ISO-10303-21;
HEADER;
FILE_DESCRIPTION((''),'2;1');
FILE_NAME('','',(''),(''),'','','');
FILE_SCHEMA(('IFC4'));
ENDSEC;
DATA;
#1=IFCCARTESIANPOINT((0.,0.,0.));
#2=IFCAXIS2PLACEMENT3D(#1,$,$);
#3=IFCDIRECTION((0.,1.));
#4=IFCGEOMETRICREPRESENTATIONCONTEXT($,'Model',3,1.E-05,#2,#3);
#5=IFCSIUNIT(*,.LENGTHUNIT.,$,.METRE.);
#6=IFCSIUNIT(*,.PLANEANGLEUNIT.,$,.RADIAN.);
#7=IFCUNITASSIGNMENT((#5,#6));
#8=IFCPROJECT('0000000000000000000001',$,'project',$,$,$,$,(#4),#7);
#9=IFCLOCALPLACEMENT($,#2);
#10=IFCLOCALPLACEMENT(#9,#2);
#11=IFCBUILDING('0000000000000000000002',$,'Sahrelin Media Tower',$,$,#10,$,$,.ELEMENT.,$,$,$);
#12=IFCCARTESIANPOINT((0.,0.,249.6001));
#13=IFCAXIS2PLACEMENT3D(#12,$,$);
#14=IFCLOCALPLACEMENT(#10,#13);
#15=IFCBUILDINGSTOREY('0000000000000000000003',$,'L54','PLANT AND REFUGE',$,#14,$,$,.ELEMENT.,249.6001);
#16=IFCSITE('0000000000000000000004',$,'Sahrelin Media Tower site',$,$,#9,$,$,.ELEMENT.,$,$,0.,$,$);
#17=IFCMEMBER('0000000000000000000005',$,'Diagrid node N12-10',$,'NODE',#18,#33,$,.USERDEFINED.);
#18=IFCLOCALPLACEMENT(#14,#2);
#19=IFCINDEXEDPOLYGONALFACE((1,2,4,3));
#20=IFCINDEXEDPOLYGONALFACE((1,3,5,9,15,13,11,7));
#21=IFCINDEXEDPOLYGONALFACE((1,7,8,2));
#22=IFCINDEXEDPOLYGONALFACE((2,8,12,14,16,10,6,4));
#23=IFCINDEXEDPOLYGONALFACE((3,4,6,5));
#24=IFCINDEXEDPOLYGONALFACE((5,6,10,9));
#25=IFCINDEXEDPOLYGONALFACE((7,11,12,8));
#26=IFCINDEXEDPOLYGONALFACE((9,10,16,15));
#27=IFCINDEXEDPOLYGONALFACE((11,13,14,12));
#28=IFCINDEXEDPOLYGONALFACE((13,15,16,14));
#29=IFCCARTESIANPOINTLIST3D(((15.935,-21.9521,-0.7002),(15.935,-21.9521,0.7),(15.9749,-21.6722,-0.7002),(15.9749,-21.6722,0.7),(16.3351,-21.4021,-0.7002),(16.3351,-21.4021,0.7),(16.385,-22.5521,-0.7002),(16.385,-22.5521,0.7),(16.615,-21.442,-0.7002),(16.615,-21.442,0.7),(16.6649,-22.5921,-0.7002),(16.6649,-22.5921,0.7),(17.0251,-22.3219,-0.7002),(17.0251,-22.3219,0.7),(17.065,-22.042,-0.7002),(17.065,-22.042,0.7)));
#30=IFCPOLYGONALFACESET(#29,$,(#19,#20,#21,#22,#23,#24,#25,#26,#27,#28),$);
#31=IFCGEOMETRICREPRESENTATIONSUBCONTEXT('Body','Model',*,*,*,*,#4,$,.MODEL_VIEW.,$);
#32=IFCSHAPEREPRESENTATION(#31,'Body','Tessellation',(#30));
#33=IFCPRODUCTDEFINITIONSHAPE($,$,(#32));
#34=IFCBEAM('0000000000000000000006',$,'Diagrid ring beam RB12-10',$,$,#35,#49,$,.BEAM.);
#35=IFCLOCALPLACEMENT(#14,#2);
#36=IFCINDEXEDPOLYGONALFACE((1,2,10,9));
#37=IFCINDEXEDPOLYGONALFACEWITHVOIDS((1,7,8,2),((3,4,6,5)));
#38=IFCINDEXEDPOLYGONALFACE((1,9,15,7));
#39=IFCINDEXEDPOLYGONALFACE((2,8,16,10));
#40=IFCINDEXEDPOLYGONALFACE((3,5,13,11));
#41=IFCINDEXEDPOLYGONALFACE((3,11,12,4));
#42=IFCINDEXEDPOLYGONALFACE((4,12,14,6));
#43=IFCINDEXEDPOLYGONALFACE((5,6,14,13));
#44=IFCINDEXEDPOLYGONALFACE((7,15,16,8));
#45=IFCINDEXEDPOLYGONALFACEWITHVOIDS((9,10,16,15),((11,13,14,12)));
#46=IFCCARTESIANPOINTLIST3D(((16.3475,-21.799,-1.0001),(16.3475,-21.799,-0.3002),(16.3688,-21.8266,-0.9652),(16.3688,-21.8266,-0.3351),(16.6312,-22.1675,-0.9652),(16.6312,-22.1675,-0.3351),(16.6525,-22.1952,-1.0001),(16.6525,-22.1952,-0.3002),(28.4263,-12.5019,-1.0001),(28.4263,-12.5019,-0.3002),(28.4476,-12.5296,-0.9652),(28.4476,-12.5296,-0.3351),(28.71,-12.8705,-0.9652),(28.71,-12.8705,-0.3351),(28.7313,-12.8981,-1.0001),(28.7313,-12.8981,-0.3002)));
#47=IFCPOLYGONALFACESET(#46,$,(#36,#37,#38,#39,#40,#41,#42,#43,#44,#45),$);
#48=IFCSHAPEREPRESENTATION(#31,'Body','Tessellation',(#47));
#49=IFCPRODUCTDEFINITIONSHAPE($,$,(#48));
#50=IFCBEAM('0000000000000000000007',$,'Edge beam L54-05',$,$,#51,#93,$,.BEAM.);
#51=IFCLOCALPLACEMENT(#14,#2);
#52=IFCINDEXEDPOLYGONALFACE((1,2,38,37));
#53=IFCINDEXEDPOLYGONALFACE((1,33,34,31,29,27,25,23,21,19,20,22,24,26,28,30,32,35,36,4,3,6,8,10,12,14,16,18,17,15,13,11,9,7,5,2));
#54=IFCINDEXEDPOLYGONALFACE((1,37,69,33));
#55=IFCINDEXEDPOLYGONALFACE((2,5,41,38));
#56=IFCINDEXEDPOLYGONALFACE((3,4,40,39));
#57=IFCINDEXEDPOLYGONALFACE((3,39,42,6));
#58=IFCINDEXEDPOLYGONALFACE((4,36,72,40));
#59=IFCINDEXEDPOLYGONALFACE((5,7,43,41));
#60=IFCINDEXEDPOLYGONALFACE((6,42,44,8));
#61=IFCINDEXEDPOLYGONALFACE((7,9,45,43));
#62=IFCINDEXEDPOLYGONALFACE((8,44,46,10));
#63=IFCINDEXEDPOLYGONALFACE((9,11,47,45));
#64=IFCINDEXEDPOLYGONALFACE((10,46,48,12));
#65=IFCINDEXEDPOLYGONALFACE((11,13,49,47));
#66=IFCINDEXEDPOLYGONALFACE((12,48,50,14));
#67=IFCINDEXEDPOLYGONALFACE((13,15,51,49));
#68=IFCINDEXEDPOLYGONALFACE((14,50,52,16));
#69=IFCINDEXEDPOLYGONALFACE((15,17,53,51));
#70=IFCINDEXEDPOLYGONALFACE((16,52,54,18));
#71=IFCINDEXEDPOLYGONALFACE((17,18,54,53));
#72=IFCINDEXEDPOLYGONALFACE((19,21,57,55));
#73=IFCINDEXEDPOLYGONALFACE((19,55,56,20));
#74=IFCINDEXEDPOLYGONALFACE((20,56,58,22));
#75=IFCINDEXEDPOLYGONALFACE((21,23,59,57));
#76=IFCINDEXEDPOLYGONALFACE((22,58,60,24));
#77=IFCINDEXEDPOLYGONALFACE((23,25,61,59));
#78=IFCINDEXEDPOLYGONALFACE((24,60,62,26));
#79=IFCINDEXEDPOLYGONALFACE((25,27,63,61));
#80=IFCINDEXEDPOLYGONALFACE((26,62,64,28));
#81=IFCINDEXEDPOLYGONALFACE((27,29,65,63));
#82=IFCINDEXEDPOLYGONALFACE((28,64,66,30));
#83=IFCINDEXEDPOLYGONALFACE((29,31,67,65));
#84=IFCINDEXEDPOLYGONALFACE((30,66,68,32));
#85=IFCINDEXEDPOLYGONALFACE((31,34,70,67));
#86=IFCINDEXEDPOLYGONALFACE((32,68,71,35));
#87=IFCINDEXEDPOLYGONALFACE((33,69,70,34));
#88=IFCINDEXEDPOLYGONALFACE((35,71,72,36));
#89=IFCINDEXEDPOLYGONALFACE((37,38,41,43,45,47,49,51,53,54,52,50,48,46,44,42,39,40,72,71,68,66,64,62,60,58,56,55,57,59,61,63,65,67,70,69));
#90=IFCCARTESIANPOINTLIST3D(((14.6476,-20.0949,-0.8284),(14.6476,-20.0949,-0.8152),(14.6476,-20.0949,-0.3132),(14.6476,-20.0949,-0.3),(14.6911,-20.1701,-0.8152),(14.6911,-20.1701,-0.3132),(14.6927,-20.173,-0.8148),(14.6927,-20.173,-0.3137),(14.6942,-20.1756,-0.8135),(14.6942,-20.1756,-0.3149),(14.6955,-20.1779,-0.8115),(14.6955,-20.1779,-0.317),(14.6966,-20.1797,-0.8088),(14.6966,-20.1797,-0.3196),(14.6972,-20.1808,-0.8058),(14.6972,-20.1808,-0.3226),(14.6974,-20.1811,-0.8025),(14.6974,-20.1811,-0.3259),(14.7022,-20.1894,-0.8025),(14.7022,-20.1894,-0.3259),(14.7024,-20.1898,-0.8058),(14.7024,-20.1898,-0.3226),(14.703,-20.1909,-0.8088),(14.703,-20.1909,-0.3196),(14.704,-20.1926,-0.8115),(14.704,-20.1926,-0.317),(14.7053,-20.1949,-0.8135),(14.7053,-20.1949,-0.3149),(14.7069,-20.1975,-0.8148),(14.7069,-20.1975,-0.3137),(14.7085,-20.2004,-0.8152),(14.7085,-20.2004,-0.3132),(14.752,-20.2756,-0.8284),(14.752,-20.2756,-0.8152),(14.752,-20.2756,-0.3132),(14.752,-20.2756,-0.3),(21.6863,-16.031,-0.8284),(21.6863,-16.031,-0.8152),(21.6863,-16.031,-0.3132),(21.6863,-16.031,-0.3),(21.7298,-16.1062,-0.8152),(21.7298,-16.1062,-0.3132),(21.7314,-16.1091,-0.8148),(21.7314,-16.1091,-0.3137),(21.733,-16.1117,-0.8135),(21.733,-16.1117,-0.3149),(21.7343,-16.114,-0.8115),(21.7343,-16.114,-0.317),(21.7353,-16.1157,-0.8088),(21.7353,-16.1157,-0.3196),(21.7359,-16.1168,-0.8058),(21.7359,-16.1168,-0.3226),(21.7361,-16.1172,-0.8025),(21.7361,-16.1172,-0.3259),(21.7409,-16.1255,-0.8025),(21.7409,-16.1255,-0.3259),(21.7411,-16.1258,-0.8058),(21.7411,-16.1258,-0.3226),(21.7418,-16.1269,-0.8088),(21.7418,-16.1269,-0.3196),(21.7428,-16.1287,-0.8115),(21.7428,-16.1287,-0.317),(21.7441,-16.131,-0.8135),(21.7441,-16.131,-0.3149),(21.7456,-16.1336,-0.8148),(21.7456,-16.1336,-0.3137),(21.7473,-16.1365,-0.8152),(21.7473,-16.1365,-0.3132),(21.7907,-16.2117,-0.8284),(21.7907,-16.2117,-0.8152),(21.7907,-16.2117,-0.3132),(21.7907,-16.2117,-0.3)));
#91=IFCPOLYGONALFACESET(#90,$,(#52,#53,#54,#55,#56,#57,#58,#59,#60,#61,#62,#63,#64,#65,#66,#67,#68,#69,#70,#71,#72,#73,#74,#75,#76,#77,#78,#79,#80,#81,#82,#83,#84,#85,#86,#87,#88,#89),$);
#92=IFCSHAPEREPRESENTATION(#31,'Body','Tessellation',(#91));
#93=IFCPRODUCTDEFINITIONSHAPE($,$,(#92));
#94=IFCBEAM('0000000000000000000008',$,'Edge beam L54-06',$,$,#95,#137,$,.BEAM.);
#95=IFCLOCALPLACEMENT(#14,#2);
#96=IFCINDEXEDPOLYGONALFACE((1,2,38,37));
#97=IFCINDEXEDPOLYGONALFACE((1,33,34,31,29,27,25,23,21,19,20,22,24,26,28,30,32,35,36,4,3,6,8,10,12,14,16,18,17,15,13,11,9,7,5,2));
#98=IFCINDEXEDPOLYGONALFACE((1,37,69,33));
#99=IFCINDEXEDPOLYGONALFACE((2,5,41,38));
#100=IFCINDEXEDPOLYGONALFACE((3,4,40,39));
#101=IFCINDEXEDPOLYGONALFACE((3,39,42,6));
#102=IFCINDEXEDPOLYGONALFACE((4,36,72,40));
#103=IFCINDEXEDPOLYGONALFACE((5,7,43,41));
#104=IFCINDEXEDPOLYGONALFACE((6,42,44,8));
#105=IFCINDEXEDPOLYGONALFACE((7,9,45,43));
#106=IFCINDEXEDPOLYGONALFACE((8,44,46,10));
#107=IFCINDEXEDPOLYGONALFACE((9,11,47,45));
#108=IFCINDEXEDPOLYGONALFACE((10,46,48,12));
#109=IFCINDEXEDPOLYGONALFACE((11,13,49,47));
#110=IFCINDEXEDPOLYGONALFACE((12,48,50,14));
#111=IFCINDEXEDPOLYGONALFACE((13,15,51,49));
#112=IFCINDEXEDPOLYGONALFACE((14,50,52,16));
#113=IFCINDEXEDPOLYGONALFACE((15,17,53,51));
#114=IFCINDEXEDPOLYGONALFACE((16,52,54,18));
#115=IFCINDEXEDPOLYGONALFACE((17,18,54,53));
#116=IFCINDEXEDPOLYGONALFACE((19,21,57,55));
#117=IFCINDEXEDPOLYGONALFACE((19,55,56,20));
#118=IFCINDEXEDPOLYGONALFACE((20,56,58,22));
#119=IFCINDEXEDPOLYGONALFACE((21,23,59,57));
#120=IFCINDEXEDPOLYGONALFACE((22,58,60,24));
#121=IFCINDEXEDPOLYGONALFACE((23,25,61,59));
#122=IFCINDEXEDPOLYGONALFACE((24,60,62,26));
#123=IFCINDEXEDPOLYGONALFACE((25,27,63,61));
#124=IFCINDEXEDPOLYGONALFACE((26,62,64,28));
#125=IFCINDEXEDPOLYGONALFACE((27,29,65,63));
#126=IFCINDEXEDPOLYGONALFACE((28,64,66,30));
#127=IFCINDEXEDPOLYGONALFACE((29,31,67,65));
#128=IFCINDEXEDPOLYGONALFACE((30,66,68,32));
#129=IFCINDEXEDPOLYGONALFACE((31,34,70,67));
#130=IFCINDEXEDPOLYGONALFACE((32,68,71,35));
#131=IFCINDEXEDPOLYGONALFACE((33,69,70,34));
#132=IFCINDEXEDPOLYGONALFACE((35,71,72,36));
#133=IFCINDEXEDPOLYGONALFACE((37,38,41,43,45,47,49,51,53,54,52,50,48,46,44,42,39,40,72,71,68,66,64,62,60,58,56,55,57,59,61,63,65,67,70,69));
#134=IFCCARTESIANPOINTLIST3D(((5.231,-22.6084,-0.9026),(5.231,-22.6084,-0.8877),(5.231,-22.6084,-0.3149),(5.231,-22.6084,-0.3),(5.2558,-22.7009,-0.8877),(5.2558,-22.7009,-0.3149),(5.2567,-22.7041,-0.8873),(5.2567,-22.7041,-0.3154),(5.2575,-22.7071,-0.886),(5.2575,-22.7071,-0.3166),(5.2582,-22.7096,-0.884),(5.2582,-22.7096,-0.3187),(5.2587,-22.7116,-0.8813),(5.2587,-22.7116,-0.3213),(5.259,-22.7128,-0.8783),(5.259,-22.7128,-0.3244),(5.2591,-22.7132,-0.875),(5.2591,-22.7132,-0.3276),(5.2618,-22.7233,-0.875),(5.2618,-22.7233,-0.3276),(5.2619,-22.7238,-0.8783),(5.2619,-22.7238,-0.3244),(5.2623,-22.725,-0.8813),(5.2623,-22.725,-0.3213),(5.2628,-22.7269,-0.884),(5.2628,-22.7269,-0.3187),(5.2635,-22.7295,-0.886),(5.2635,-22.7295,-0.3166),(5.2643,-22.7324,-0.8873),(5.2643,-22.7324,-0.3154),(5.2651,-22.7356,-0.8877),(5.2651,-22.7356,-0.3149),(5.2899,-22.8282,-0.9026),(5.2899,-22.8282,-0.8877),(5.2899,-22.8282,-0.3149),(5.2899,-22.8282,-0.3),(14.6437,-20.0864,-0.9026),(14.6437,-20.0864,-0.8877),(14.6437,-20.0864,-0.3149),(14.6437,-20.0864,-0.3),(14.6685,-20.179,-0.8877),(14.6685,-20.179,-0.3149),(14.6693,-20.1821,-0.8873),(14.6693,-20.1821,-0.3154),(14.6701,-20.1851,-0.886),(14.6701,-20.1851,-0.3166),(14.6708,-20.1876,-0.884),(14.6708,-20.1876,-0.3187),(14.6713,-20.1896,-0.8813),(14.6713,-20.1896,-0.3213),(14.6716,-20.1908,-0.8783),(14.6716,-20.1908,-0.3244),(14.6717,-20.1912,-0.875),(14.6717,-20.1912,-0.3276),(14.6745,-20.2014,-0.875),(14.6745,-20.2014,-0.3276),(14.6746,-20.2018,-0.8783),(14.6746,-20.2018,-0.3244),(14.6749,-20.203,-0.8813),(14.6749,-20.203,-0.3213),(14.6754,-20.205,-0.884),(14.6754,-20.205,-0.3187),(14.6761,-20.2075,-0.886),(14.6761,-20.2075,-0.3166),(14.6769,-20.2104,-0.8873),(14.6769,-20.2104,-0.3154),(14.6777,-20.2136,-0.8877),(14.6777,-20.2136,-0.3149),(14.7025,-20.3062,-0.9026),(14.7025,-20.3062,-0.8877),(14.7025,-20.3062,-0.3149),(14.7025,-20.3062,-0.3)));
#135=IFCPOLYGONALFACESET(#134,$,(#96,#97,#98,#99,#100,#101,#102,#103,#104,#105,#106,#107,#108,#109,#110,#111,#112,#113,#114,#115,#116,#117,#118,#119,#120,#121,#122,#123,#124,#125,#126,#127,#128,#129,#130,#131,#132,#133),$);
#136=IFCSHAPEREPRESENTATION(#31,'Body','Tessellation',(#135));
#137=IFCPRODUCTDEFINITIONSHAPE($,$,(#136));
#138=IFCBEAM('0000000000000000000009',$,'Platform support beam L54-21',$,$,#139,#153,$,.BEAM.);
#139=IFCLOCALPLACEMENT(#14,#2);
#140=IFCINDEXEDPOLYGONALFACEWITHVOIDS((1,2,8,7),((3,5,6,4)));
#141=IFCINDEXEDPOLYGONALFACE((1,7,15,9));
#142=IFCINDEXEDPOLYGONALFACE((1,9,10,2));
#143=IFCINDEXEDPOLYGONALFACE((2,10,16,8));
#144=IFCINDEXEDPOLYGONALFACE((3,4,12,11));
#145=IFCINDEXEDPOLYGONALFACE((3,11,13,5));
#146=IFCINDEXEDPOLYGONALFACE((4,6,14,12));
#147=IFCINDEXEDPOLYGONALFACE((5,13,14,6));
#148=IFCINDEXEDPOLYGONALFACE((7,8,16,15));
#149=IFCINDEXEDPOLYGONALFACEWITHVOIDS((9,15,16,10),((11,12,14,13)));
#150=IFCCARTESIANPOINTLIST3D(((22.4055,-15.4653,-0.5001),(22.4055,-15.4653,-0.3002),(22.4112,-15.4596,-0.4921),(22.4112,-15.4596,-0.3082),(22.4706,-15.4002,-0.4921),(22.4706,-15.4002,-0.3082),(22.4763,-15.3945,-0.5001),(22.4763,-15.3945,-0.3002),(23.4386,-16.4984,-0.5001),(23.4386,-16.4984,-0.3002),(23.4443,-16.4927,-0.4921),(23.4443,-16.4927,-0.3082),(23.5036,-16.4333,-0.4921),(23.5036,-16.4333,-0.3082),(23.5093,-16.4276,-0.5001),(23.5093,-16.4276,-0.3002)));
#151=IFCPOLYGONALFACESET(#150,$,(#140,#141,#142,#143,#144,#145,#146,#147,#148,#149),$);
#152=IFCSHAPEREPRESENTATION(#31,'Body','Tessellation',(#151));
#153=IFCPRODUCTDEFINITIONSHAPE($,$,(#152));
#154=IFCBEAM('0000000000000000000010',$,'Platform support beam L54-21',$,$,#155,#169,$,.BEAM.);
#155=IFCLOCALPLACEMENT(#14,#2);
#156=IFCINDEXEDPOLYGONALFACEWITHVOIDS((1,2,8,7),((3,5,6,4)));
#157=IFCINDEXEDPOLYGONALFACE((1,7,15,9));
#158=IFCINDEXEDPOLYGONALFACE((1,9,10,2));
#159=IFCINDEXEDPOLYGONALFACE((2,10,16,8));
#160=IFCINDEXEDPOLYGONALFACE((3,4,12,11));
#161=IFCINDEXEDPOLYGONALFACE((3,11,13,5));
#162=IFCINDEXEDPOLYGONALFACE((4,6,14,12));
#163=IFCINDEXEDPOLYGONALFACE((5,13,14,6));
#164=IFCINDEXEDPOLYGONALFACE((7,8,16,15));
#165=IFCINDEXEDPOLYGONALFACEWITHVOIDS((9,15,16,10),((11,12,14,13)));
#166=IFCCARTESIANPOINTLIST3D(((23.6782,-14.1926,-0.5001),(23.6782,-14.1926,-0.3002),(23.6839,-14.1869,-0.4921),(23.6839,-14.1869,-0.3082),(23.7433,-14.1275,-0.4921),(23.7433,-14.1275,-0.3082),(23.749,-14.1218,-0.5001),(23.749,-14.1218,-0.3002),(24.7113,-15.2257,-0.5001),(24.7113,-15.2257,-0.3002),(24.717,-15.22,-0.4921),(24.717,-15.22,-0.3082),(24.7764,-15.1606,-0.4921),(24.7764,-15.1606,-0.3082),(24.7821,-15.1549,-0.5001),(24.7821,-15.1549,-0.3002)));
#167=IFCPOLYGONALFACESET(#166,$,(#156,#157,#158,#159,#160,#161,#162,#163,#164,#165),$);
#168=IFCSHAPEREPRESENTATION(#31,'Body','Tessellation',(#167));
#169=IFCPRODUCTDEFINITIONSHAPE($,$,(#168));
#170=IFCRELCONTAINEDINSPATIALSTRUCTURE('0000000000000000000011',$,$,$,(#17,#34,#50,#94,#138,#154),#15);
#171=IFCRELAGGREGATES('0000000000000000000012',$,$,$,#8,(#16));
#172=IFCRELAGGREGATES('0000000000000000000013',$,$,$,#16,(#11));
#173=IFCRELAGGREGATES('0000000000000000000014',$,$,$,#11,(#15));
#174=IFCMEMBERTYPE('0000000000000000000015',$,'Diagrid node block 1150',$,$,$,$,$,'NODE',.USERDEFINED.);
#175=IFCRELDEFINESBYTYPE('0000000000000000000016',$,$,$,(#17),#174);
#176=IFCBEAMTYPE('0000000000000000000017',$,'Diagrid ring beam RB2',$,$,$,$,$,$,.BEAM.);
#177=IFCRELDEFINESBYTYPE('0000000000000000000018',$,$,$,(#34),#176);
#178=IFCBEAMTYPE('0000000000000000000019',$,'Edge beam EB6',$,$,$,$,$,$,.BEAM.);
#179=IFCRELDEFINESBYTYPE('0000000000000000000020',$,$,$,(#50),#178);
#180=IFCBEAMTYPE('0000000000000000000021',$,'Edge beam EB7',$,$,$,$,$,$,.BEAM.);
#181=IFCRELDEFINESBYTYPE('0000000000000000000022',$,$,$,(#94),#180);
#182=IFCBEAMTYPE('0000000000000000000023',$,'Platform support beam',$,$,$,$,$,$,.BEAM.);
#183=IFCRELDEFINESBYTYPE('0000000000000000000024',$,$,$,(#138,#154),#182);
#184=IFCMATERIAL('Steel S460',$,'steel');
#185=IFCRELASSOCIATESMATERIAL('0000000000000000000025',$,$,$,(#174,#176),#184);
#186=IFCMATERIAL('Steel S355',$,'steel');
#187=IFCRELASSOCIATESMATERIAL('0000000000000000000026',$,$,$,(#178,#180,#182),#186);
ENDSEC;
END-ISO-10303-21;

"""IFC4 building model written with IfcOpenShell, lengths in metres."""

from ifc_helpers import new_model, si_unit, direction, frame, origin, origin_2d, place, context, subcontext, project, spatial, polyline, hollow_rectangle, i_section, outline, extrude, material, material_profile, profile_set, type_object, element, save


model = new_model("IFC4")

# Units and contexts
model_context = context("Model", 3, precision=1e-05, world=origin(), true_north=direction((0.0, 1.0)))
body_context = subcontext(model_context, "Body", "Model", "MODEL_VIEW")
ifc_project = project(units=[si_unit("LENGTHUNIT", "METRE"), si_unit("PLANEANGLEUNIT", "RADIAN")], contexts=[model_context])

# Site, building, storey
site_placement = place(None, origin())
site = spatial("IfcSite", under=ifc_project, at=site_placement, Name="Sahrelin Media Tower site", CompositionType="ELEMENT", RefElevation=0.0)
building_placement = place(site_placement, origin())
building = spatial("IfcBuilding", under=site, at=building_placement, Name="Sahrelin Media Tower", CompositionType="ELEMENT")
storey_placement = place(building_placement, frame((0.0, 0.0, 249.6001)))
storey = spatial("IfcBuildingStorey", under=building, at=storey_placement, Name="L54", Description="PLANT AND REFUGE", CompositionType="ELEMENT", Elevation=249.6001)

# Member
ifc_material_1 = material(Name="Steel S460", Category="steel")
ifc_material_profile_1 = material_profile(ifc_material_1, outline(polyline([(0.375, -0.425), (0.575, -0.2251), (0.575, 0.2251), (0.375, 0.425), (-0.375, 0.425), (-0.575, 0.2251), (-0.575, -0.2251), (-0.375, -0.425), (0.375, -0.425)])), Name="Diagrid node block 1150")
ifc_profile_set_1 = profile_set([ifc_material_profile_1], Name="Steel S460")
member_type_1 = type_object("IfcMemberType", Name="Diagrid node block 1150", ElementType="NODE", PredefinedType="USERDEFINED", material=ifc_profile_set_1)
member_1_placement = place(storey_placement, frame((16.5, -21.9971, -0.7002), z_axis=(0.0, 0.0, 1.0), x_axis=(0.600052, -0.799961, 0.0)))
element("IfcMember", 1, at=member_1_placement, inside=storey, type_object=member_type_1, Name="Diagrid node N12-10", ObjectType="NODE", PredefinedType="USERDEFINED", context=body_context, shape_type="SweptSolid", body=[
    extrude(outline(polyline([(0.375, -0.425), (0.575, -0.2251), (0.575, 0.2251), (0.375, 0.425), (-0.375, 0.425), (-0.575, 0.2251), (-0.575, -0.2251), (-0.375, -0.425), (0.375, -0.425)])), origin(), (0.0, 0.0, 1.0), 1.4001),
])

# Beams
ifc_material_profile_2 = material_profile(ifc_material_1, hollow_rectangle(XDim=0.5, YDim=0.7, WallThickness=0.0349, at=origin_2d()), Name="Diagrid ring beam RB2")
ifc_profile_set_2 = profile_set([ifc_material_profile_2], Name="Steel S460")
beam_type_1 = type_object("IfcBeamType", Name="Diagrid ring beam RB2", PredefinedType="BEAM", material=ifc_profile_set_2)
beam_1_placement = place(storey_placement, frame((16.5, -21.9971, -0.6501), z_axis=(0.792444, 0.609945, 0.0), x_axis=(-0.609945, 0.792444, 0.0)))
element("IfcBeam", 2, at=beam_1_placement, inside=storey, type_object=beam_type_1, Name="Diagrid ring beam RB12-10", PredefinedType="BEAM", context=body_context, shape_type="SweptSolid", body=[
    extrude(hollow_rectangle(XDim=0.5, YDim=0.7, WallThickness=0.0349, at=origin_2d()), origin(), (0.0, 0.0, 1.0), 15.2424),
])
ifc_material_2 = material(Name="Steel S355", Category="steel")
ifc_material_profile_3 = material_profile(ifc_material_2, i_section(OverallWidth=0.2087, OverallDepth=0.5283, WebThickness=0.0095, FlangeThickness=0.0132, FilletRadius=0.0127, at=origin_2d()), Name="UB 533x210x82")
ifc_profile_set_3 = profile_set([ifc_material_profile_3], Name="Steel S355")
beam_type_2 = type_object("IfcBeamType", Name="Edge beam EB6", PredefinedType="BEAM", material=ifc_profile_set_3)
beam_2_placement = place(storey_placement, frame((21.7385, -16.1213, -0.5642), z_axis=(-0.86602, -0.500009, 0.0), x_axis=(0.500009, -0.86602, 0.0)))
element("IfcBeam", 3, at=beam_2_placement, inside=storey, type_object=beam_type_2, Name="Edge beam L54-05", PredefinedType="BEAM", context=body_context, shape_type="SweptSolid", body=[
    extrude(i_section(OverallWidth=0.2087, OverallDepth=0.5283, WebThickness=0.0095, FlangeThickness=0.0132, FilletRadius=0.0127, at=origin_2d()), origin(), (0.0, 0.0, 1.0), 8.1277),
])
ifc_material_profile_4 = material_profile(ifc_material_2, i_section(OverallWidth=0.2275, OverallDepth=0.6025, WebThickness=0.0105, FlangeThickness=0.0149, FilletRadius=0.0127, at=origin_2d()), Name="UB 610x229x101")
ifc_profile_set_4 = profile_set([ifc_material_profile_4], Name="Steel S355")
beam_type_3 = type_object("IfcBeamType", Name="Edge beam EB7", PredefinedType="BEAM", material=ifc_profile_set_4)
beam_3_placement = place(storey_placement, frame((14.6731, -20.1963, -0.6013), z_axis=(-0.965929, -0.258807, 0.0), x_axis=(0.258807, -0.965929, 0.0)))
element("IfcBeam", 4, at=beam_3_placement, inside=storey, type_object=beam_type_3, Name="Edge beam L54-06", PredefinedType="BEAM", context=body_context, shape_type="SweptSolid", body=[
    extrude(i_section(OverallWidth=0.2275, OverallDepth=0.6025, WebThickness=0.0105, FlangeThickness=0.0149, FilletRadius=0.0127, at=origin_2d()), origin(), (0.0, 0.0, 1.0), 9.7446),
])
ifc_material_profile_5 = material_profile(ifc_material_2, hollow_rectangle(XDim=0.1001, YDim=0.2, WallThickness=0.0081, at=origin_2d()), Name="RHS 200x100x8")
ifc_profile_set_5 = profile_set([ifc_material_profile_5], Name="Steel S355")
beam_type_4 = type_object("IfcBeamType", Name="Platform support beam", PredefinedType="BEAM", material=ifc_profile_set_5)
for number, where, z_axis, x_axis, name in (
    (5, (22.4409, -15.4299, -0.4001), (0.707107, -0.707107, 0.0), (0.707107, 0.707107, 0.0), "Platform support beam L54-21"),
    (6, (23.7136, -14.1572, -0.4001), (0.707107, -0.707107, 0.0), (0.707107, 0.707107, 0.0), "Platform support beam L54-21"),
):
    element("IfcBeam", number, at=place(storey_placement, frame(where, z_axis=z_axis, x_axis=x_axis)), inside=storey, type_object=beam_type_4, Name=name, PredefinedType="BEAM", context=body_context, shape_type="SweptSolid", body=[
        extrude(hollow_rectangle(XDim=0.1001, YDim=0.2, WallThickness=0.0081, at=origin_2d()), origin(), (0.0, 0.0, 1.0), 1.4609),
    ])

save(model, "model.ifc")
